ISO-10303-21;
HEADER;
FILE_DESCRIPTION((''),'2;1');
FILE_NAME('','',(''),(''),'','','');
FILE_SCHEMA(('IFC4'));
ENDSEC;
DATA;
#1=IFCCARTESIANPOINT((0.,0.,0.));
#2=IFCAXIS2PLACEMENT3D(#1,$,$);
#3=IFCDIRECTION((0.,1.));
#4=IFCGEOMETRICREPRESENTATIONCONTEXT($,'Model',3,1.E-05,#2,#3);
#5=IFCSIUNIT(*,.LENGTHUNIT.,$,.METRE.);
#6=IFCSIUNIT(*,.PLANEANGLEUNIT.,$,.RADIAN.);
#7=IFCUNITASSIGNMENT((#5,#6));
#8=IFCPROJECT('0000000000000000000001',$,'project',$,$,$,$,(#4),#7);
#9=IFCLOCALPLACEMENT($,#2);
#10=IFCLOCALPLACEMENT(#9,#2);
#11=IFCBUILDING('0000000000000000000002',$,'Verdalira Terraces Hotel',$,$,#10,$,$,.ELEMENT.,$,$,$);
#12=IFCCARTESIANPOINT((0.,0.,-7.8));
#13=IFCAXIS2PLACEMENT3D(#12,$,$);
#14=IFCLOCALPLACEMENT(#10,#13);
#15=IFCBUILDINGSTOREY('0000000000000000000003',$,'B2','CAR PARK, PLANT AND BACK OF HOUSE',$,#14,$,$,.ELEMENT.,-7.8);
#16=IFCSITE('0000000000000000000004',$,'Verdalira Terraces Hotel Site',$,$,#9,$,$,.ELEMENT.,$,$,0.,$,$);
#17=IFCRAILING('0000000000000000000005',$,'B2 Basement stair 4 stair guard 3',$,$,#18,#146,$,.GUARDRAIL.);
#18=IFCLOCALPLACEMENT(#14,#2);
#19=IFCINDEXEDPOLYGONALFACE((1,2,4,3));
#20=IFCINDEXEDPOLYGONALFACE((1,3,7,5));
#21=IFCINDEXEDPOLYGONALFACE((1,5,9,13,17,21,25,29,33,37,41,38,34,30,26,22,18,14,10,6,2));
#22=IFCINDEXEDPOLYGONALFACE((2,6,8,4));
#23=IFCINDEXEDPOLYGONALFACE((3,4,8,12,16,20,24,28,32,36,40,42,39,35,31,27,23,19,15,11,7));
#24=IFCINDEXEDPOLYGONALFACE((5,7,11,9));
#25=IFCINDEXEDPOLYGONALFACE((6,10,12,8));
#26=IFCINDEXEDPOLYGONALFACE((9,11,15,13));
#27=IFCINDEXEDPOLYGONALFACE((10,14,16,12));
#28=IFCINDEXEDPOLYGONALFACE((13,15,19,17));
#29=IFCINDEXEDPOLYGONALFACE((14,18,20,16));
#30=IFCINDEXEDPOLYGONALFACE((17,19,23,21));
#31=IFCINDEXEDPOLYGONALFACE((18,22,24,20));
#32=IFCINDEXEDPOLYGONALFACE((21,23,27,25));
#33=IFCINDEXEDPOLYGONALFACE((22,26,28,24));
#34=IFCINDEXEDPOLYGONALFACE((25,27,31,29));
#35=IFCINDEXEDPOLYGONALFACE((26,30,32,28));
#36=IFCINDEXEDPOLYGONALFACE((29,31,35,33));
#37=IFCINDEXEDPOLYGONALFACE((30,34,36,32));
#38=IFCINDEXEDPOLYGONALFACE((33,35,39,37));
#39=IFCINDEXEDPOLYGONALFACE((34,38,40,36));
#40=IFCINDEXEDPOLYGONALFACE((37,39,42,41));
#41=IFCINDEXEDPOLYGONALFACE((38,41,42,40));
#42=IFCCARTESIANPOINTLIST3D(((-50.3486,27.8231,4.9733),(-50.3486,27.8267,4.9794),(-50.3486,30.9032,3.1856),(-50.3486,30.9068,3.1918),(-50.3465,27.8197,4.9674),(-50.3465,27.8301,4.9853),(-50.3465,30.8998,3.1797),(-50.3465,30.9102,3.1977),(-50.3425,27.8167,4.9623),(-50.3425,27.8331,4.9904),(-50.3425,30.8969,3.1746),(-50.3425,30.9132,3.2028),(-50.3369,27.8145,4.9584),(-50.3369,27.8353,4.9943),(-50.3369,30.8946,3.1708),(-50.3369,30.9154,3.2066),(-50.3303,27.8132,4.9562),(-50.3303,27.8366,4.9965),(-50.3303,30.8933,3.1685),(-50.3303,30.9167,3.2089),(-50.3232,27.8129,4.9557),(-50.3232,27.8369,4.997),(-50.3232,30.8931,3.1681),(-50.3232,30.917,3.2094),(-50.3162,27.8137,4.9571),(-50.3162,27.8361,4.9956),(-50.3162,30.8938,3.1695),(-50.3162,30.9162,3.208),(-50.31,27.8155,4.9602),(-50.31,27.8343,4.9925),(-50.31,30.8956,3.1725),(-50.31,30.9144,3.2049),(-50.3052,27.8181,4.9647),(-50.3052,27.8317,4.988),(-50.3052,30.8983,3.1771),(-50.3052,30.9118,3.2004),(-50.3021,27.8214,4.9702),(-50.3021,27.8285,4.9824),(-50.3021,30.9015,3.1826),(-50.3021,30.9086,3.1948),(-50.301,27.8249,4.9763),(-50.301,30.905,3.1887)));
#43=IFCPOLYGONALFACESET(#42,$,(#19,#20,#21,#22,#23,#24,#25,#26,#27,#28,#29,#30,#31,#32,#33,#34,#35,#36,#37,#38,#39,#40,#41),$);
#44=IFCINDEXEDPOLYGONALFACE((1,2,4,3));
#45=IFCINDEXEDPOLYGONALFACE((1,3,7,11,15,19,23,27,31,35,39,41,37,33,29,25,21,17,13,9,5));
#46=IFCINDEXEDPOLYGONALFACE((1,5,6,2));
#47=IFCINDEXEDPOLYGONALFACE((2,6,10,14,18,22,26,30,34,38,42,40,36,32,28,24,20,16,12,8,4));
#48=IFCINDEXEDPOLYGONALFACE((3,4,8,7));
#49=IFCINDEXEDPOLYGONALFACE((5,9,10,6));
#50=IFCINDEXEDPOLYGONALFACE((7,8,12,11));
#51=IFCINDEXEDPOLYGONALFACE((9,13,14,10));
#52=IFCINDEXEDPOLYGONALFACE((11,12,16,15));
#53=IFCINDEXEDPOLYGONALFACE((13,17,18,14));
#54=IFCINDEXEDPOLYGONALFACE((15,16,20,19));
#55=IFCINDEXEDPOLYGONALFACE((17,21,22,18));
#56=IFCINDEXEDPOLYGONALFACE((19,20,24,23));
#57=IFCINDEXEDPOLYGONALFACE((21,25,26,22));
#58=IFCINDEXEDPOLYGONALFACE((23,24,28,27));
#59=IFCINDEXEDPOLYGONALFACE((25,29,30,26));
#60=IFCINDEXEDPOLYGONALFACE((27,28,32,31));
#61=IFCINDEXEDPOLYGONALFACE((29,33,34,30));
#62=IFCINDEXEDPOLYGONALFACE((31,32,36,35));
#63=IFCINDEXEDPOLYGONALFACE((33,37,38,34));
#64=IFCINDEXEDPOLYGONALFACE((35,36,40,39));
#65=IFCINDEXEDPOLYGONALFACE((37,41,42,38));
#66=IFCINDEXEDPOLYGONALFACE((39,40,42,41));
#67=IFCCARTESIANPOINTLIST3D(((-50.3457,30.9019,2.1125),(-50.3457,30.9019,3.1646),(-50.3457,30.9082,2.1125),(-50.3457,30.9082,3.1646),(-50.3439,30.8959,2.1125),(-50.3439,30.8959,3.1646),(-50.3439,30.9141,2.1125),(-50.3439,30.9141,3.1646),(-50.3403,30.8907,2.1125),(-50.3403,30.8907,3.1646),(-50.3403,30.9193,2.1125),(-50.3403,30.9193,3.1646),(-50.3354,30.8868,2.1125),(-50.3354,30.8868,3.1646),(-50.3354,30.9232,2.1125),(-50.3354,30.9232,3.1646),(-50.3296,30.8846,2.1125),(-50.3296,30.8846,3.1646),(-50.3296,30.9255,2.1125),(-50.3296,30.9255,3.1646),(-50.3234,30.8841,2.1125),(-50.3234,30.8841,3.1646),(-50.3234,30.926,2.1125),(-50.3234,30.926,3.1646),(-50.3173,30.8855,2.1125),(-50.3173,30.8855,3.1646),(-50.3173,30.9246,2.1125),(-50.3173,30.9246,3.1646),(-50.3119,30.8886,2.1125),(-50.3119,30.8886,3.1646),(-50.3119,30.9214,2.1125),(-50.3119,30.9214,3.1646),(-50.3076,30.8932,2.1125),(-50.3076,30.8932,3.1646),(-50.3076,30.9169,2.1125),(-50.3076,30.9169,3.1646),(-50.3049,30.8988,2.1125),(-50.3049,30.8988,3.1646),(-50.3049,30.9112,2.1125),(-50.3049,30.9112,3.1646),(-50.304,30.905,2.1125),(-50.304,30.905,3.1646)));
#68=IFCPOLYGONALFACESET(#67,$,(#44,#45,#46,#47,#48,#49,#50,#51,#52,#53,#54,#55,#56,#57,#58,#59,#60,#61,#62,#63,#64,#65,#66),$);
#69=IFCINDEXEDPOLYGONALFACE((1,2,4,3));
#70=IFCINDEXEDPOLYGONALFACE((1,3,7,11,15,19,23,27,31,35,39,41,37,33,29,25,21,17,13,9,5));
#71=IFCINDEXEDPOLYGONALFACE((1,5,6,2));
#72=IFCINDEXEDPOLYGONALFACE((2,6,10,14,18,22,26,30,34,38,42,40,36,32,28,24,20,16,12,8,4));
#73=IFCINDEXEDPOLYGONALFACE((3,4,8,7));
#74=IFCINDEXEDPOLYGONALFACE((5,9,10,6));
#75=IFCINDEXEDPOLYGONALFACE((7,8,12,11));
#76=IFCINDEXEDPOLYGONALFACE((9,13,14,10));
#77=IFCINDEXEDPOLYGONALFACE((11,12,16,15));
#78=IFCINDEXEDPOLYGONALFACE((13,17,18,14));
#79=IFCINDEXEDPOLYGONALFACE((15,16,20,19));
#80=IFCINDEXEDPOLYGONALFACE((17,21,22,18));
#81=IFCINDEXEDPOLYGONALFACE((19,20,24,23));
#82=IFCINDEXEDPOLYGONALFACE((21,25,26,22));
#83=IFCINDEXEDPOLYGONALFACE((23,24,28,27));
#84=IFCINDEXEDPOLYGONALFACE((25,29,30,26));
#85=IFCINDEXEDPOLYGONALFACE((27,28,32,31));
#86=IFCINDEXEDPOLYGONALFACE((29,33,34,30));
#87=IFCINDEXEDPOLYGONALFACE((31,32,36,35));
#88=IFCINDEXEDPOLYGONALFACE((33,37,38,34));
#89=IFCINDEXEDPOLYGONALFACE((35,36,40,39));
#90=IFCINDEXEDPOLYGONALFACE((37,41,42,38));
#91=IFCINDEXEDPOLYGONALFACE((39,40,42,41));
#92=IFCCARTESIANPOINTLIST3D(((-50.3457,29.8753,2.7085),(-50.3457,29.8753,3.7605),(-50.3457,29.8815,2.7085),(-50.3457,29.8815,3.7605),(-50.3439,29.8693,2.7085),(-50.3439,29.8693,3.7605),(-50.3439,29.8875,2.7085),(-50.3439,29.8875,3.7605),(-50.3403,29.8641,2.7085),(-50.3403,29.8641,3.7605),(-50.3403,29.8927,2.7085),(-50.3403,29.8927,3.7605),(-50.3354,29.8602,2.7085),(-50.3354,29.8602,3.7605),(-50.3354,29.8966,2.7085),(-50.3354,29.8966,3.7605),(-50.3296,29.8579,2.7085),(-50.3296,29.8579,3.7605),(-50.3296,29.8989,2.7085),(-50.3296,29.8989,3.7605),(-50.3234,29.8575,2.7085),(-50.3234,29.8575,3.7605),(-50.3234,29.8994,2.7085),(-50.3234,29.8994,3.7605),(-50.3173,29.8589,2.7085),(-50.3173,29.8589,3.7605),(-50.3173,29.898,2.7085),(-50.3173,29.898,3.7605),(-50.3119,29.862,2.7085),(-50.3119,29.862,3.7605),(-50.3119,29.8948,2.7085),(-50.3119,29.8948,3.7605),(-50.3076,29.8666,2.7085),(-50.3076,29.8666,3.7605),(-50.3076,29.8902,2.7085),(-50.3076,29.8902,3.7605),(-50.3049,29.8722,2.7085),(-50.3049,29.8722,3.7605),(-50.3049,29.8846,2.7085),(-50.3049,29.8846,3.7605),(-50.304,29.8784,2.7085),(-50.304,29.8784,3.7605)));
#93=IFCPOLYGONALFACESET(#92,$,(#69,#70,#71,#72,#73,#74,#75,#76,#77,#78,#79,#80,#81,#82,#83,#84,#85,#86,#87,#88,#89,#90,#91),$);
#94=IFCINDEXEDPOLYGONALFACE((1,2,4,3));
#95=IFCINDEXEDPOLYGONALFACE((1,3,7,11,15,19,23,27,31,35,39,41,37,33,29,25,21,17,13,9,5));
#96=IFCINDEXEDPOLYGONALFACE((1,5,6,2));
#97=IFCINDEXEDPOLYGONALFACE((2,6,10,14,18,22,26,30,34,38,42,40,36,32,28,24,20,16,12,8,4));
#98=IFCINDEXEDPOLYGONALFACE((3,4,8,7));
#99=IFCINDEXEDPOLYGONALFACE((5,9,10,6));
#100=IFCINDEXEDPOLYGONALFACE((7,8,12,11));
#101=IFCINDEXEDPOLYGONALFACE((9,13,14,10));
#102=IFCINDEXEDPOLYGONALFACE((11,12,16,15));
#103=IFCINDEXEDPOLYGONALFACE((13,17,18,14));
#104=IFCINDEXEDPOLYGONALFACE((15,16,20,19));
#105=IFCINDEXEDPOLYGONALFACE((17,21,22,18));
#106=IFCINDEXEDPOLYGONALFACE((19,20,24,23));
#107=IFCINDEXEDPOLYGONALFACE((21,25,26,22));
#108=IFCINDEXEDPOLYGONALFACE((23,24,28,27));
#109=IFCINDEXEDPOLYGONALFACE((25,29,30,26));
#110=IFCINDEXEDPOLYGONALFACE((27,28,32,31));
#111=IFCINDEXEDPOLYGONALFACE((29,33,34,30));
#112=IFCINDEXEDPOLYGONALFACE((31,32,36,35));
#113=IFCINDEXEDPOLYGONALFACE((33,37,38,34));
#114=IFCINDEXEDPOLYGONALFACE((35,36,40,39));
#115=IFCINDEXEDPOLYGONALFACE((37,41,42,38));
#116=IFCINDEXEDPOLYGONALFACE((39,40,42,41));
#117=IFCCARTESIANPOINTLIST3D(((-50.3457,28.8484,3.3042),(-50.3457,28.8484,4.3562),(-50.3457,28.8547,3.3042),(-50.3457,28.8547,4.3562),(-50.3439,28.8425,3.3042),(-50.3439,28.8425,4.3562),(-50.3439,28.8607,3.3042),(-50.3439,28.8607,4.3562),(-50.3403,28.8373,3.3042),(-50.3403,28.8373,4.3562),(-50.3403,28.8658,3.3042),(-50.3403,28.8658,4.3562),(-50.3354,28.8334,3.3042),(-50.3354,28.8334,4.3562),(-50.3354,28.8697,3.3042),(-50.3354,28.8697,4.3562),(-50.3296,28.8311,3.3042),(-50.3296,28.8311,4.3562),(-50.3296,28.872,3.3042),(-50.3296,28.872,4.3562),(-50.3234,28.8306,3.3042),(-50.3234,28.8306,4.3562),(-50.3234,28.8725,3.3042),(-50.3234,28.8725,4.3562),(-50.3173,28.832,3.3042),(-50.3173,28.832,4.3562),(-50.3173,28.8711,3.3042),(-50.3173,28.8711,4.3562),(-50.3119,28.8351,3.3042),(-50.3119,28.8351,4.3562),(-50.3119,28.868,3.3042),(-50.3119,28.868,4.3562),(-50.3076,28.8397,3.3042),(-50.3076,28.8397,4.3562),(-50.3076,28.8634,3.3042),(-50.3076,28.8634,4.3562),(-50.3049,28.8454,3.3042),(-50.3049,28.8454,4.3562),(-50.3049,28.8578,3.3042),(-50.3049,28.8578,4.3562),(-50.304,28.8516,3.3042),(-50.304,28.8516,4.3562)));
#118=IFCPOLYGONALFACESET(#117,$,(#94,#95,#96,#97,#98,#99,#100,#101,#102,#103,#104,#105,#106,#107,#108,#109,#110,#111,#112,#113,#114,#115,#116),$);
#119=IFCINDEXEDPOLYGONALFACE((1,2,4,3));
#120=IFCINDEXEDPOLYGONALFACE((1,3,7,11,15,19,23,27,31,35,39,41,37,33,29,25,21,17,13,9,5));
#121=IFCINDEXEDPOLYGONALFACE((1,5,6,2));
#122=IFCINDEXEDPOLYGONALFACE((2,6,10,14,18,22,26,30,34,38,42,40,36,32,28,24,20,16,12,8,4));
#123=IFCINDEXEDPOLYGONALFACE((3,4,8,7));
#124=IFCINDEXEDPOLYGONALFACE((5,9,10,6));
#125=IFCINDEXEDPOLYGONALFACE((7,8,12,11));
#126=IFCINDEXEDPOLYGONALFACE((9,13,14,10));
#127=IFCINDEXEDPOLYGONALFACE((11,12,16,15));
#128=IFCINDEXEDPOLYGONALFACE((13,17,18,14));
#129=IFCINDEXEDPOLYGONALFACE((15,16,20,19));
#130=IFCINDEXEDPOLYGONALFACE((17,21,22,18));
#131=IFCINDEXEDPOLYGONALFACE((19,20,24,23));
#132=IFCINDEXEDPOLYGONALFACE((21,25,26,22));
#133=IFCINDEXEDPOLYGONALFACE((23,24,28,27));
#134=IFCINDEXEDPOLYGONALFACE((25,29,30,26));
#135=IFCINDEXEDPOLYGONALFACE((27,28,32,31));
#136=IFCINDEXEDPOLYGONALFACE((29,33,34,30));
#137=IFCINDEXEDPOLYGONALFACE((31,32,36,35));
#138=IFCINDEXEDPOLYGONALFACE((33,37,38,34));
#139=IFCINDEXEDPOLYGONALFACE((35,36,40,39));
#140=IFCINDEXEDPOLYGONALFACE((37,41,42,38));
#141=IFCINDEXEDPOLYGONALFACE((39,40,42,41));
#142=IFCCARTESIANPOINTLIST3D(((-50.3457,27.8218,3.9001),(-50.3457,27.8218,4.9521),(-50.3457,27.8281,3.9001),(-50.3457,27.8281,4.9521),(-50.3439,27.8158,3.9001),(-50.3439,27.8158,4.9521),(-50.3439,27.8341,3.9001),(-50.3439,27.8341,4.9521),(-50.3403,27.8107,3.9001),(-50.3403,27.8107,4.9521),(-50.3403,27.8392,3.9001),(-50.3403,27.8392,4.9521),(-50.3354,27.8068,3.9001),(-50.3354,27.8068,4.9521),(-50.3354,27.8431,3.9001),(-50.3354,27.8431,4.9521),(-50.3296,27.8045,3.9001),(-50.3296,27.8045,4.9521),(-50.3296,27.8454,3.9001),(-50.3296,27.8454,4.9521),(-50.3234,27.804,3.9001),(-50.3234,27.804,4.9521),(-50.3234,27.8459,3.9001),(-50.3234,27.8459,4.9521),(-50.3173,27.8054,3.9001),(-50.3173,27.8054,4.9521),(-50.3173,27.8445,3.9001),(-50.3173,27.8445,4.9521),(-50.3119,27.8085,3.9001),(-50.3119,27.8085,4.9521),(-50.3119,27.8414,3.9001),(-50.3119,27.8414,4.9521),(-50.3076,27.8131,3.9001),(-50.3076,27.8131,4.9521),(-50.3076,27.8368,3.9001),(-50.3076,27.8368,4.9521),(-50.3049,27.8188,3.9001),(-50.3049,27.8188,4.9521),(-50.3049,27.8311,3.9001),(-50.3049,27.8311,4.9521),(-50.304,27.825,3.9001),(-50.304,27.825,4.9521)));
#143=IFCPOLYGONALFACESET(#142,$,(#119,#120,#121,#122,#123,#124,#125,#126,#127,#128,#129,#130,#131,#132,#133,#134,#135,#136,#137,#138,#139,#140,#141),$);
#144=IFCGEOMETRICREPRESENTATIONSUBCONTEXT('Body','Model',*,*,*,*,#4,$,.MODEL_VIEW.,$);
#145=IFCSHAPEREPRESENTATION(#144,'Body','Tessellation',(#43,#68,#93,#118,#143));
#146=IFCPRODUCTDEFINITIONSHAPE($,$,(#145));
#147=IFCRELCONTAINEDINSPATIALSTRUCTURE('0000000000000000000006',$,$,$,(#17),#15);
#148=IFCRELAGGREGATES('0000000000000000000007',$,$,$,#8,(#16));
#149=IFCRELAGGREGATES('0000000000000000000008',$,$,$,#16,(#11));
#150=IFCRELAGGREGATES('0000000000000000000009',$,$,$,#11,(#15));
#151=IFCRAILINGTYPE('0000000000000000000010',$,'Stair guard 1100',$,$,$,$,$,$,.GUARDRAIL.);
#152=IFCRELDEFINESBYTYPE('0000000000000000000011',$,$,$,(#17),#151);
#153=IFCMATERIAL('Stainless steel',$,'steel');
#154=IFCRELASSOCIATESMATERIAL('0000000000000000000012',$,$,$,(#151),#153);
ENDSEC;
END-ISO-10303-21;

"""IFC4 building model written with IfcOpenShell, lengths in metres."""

from ifc_helpers import new_model, si_unit, direction, frame, origin, origin_2d, place, context, subcontext, project, spatial, circle, extrude, material, type_object, element, save


model = new_model("IFC4")

# Units and contexts
model_context = context("Model", 3, precision=1e-05, world=origin(), true_north=direction((0.0, 1.0)))
body_context = subcontext(model_context, "Body", "Model", "MODEL_VIEW")
ifc_project = project(units=[si_unit("LENGTHUNIT", "METRE"), si_unit("PLANEANGLEUNIT", "RADIAN")], contexts=[model_context])

# Site, building, storey
site_placement = place(None, origin())
site = spatial("IfcSite", under=ifc_project, at=site_placement, Name="Verdalira Terraces Hotel Site", CompositionType="ELEMENT", RefElevation=0.0)
building_placement = place(site_placement, origin())
building = spatial("IfcBuilding", under=site, at=building_placement, Name="Verdalira Terraces Hotel", CompositionType="ELEMENT")
storey_placement = place(building_placement, frame((0.0, 0.0, -7.8)))
storey = spatial("IfcBuildingStorey", under=building, at=storey_placement, Name="B2", Description="CAR PARK, PLANT AND BACK OF HOUSE", CompositionType="ELEMENT", Elevation=-7.8)

# Railing
ifc_material_1 = material(Name="Stainless steel", Category="steel")
railing_type_1 = type_object("IfcRailingType", Name="Stair guard 1100", PredefinedType="GUARDRAIL", material=ifc_material_1)
railing_1_placement = place(storey_placement, frame((-50.325, 30.905, 2.1125)))
element("IfcRailing", 1, at=railing_1_placement, inside=storey, type_object=railing_type_1, Name="B2 Basement stair 4 stair guard 3", PredefinedType="GUARDRAIL", context=body_context, shape_type="SweptSolid", body=[
    extrude(circle(Radius=0.0239, at=origin_2d()), frame((0.0, 0.0, 1.0762), z_axis=(0.0, -0.864891, 0.50196), x_axis=(1.0, 0.0, 0.0)), (0.0, 0.0, 1.0), 3.5613),
    extrude(circle(Radius=0.021, at=origin_2d()), origin(), (0.0, 0.0, 1.0), 1.052),
    extrude(circle(Radius=0.021, at=origin_2d()), frame((0.0, -1.0266, 0.5959)), (0.0, 0.0, 1.0), 1.052),
    extrude(circle(Radius=0.021, at=origin_2d()), frame((0.0, -2.0535, 1.1917)), (0.0, 0.0, 1.0), 1.052),
    extrude(circle(Radius=0.021, at=origin_2d()), frame((0.0, -3.0801, 1.7876)), (0.0, 0.0, 1.0), 1.052),
])

save(model, "model.ifc")
